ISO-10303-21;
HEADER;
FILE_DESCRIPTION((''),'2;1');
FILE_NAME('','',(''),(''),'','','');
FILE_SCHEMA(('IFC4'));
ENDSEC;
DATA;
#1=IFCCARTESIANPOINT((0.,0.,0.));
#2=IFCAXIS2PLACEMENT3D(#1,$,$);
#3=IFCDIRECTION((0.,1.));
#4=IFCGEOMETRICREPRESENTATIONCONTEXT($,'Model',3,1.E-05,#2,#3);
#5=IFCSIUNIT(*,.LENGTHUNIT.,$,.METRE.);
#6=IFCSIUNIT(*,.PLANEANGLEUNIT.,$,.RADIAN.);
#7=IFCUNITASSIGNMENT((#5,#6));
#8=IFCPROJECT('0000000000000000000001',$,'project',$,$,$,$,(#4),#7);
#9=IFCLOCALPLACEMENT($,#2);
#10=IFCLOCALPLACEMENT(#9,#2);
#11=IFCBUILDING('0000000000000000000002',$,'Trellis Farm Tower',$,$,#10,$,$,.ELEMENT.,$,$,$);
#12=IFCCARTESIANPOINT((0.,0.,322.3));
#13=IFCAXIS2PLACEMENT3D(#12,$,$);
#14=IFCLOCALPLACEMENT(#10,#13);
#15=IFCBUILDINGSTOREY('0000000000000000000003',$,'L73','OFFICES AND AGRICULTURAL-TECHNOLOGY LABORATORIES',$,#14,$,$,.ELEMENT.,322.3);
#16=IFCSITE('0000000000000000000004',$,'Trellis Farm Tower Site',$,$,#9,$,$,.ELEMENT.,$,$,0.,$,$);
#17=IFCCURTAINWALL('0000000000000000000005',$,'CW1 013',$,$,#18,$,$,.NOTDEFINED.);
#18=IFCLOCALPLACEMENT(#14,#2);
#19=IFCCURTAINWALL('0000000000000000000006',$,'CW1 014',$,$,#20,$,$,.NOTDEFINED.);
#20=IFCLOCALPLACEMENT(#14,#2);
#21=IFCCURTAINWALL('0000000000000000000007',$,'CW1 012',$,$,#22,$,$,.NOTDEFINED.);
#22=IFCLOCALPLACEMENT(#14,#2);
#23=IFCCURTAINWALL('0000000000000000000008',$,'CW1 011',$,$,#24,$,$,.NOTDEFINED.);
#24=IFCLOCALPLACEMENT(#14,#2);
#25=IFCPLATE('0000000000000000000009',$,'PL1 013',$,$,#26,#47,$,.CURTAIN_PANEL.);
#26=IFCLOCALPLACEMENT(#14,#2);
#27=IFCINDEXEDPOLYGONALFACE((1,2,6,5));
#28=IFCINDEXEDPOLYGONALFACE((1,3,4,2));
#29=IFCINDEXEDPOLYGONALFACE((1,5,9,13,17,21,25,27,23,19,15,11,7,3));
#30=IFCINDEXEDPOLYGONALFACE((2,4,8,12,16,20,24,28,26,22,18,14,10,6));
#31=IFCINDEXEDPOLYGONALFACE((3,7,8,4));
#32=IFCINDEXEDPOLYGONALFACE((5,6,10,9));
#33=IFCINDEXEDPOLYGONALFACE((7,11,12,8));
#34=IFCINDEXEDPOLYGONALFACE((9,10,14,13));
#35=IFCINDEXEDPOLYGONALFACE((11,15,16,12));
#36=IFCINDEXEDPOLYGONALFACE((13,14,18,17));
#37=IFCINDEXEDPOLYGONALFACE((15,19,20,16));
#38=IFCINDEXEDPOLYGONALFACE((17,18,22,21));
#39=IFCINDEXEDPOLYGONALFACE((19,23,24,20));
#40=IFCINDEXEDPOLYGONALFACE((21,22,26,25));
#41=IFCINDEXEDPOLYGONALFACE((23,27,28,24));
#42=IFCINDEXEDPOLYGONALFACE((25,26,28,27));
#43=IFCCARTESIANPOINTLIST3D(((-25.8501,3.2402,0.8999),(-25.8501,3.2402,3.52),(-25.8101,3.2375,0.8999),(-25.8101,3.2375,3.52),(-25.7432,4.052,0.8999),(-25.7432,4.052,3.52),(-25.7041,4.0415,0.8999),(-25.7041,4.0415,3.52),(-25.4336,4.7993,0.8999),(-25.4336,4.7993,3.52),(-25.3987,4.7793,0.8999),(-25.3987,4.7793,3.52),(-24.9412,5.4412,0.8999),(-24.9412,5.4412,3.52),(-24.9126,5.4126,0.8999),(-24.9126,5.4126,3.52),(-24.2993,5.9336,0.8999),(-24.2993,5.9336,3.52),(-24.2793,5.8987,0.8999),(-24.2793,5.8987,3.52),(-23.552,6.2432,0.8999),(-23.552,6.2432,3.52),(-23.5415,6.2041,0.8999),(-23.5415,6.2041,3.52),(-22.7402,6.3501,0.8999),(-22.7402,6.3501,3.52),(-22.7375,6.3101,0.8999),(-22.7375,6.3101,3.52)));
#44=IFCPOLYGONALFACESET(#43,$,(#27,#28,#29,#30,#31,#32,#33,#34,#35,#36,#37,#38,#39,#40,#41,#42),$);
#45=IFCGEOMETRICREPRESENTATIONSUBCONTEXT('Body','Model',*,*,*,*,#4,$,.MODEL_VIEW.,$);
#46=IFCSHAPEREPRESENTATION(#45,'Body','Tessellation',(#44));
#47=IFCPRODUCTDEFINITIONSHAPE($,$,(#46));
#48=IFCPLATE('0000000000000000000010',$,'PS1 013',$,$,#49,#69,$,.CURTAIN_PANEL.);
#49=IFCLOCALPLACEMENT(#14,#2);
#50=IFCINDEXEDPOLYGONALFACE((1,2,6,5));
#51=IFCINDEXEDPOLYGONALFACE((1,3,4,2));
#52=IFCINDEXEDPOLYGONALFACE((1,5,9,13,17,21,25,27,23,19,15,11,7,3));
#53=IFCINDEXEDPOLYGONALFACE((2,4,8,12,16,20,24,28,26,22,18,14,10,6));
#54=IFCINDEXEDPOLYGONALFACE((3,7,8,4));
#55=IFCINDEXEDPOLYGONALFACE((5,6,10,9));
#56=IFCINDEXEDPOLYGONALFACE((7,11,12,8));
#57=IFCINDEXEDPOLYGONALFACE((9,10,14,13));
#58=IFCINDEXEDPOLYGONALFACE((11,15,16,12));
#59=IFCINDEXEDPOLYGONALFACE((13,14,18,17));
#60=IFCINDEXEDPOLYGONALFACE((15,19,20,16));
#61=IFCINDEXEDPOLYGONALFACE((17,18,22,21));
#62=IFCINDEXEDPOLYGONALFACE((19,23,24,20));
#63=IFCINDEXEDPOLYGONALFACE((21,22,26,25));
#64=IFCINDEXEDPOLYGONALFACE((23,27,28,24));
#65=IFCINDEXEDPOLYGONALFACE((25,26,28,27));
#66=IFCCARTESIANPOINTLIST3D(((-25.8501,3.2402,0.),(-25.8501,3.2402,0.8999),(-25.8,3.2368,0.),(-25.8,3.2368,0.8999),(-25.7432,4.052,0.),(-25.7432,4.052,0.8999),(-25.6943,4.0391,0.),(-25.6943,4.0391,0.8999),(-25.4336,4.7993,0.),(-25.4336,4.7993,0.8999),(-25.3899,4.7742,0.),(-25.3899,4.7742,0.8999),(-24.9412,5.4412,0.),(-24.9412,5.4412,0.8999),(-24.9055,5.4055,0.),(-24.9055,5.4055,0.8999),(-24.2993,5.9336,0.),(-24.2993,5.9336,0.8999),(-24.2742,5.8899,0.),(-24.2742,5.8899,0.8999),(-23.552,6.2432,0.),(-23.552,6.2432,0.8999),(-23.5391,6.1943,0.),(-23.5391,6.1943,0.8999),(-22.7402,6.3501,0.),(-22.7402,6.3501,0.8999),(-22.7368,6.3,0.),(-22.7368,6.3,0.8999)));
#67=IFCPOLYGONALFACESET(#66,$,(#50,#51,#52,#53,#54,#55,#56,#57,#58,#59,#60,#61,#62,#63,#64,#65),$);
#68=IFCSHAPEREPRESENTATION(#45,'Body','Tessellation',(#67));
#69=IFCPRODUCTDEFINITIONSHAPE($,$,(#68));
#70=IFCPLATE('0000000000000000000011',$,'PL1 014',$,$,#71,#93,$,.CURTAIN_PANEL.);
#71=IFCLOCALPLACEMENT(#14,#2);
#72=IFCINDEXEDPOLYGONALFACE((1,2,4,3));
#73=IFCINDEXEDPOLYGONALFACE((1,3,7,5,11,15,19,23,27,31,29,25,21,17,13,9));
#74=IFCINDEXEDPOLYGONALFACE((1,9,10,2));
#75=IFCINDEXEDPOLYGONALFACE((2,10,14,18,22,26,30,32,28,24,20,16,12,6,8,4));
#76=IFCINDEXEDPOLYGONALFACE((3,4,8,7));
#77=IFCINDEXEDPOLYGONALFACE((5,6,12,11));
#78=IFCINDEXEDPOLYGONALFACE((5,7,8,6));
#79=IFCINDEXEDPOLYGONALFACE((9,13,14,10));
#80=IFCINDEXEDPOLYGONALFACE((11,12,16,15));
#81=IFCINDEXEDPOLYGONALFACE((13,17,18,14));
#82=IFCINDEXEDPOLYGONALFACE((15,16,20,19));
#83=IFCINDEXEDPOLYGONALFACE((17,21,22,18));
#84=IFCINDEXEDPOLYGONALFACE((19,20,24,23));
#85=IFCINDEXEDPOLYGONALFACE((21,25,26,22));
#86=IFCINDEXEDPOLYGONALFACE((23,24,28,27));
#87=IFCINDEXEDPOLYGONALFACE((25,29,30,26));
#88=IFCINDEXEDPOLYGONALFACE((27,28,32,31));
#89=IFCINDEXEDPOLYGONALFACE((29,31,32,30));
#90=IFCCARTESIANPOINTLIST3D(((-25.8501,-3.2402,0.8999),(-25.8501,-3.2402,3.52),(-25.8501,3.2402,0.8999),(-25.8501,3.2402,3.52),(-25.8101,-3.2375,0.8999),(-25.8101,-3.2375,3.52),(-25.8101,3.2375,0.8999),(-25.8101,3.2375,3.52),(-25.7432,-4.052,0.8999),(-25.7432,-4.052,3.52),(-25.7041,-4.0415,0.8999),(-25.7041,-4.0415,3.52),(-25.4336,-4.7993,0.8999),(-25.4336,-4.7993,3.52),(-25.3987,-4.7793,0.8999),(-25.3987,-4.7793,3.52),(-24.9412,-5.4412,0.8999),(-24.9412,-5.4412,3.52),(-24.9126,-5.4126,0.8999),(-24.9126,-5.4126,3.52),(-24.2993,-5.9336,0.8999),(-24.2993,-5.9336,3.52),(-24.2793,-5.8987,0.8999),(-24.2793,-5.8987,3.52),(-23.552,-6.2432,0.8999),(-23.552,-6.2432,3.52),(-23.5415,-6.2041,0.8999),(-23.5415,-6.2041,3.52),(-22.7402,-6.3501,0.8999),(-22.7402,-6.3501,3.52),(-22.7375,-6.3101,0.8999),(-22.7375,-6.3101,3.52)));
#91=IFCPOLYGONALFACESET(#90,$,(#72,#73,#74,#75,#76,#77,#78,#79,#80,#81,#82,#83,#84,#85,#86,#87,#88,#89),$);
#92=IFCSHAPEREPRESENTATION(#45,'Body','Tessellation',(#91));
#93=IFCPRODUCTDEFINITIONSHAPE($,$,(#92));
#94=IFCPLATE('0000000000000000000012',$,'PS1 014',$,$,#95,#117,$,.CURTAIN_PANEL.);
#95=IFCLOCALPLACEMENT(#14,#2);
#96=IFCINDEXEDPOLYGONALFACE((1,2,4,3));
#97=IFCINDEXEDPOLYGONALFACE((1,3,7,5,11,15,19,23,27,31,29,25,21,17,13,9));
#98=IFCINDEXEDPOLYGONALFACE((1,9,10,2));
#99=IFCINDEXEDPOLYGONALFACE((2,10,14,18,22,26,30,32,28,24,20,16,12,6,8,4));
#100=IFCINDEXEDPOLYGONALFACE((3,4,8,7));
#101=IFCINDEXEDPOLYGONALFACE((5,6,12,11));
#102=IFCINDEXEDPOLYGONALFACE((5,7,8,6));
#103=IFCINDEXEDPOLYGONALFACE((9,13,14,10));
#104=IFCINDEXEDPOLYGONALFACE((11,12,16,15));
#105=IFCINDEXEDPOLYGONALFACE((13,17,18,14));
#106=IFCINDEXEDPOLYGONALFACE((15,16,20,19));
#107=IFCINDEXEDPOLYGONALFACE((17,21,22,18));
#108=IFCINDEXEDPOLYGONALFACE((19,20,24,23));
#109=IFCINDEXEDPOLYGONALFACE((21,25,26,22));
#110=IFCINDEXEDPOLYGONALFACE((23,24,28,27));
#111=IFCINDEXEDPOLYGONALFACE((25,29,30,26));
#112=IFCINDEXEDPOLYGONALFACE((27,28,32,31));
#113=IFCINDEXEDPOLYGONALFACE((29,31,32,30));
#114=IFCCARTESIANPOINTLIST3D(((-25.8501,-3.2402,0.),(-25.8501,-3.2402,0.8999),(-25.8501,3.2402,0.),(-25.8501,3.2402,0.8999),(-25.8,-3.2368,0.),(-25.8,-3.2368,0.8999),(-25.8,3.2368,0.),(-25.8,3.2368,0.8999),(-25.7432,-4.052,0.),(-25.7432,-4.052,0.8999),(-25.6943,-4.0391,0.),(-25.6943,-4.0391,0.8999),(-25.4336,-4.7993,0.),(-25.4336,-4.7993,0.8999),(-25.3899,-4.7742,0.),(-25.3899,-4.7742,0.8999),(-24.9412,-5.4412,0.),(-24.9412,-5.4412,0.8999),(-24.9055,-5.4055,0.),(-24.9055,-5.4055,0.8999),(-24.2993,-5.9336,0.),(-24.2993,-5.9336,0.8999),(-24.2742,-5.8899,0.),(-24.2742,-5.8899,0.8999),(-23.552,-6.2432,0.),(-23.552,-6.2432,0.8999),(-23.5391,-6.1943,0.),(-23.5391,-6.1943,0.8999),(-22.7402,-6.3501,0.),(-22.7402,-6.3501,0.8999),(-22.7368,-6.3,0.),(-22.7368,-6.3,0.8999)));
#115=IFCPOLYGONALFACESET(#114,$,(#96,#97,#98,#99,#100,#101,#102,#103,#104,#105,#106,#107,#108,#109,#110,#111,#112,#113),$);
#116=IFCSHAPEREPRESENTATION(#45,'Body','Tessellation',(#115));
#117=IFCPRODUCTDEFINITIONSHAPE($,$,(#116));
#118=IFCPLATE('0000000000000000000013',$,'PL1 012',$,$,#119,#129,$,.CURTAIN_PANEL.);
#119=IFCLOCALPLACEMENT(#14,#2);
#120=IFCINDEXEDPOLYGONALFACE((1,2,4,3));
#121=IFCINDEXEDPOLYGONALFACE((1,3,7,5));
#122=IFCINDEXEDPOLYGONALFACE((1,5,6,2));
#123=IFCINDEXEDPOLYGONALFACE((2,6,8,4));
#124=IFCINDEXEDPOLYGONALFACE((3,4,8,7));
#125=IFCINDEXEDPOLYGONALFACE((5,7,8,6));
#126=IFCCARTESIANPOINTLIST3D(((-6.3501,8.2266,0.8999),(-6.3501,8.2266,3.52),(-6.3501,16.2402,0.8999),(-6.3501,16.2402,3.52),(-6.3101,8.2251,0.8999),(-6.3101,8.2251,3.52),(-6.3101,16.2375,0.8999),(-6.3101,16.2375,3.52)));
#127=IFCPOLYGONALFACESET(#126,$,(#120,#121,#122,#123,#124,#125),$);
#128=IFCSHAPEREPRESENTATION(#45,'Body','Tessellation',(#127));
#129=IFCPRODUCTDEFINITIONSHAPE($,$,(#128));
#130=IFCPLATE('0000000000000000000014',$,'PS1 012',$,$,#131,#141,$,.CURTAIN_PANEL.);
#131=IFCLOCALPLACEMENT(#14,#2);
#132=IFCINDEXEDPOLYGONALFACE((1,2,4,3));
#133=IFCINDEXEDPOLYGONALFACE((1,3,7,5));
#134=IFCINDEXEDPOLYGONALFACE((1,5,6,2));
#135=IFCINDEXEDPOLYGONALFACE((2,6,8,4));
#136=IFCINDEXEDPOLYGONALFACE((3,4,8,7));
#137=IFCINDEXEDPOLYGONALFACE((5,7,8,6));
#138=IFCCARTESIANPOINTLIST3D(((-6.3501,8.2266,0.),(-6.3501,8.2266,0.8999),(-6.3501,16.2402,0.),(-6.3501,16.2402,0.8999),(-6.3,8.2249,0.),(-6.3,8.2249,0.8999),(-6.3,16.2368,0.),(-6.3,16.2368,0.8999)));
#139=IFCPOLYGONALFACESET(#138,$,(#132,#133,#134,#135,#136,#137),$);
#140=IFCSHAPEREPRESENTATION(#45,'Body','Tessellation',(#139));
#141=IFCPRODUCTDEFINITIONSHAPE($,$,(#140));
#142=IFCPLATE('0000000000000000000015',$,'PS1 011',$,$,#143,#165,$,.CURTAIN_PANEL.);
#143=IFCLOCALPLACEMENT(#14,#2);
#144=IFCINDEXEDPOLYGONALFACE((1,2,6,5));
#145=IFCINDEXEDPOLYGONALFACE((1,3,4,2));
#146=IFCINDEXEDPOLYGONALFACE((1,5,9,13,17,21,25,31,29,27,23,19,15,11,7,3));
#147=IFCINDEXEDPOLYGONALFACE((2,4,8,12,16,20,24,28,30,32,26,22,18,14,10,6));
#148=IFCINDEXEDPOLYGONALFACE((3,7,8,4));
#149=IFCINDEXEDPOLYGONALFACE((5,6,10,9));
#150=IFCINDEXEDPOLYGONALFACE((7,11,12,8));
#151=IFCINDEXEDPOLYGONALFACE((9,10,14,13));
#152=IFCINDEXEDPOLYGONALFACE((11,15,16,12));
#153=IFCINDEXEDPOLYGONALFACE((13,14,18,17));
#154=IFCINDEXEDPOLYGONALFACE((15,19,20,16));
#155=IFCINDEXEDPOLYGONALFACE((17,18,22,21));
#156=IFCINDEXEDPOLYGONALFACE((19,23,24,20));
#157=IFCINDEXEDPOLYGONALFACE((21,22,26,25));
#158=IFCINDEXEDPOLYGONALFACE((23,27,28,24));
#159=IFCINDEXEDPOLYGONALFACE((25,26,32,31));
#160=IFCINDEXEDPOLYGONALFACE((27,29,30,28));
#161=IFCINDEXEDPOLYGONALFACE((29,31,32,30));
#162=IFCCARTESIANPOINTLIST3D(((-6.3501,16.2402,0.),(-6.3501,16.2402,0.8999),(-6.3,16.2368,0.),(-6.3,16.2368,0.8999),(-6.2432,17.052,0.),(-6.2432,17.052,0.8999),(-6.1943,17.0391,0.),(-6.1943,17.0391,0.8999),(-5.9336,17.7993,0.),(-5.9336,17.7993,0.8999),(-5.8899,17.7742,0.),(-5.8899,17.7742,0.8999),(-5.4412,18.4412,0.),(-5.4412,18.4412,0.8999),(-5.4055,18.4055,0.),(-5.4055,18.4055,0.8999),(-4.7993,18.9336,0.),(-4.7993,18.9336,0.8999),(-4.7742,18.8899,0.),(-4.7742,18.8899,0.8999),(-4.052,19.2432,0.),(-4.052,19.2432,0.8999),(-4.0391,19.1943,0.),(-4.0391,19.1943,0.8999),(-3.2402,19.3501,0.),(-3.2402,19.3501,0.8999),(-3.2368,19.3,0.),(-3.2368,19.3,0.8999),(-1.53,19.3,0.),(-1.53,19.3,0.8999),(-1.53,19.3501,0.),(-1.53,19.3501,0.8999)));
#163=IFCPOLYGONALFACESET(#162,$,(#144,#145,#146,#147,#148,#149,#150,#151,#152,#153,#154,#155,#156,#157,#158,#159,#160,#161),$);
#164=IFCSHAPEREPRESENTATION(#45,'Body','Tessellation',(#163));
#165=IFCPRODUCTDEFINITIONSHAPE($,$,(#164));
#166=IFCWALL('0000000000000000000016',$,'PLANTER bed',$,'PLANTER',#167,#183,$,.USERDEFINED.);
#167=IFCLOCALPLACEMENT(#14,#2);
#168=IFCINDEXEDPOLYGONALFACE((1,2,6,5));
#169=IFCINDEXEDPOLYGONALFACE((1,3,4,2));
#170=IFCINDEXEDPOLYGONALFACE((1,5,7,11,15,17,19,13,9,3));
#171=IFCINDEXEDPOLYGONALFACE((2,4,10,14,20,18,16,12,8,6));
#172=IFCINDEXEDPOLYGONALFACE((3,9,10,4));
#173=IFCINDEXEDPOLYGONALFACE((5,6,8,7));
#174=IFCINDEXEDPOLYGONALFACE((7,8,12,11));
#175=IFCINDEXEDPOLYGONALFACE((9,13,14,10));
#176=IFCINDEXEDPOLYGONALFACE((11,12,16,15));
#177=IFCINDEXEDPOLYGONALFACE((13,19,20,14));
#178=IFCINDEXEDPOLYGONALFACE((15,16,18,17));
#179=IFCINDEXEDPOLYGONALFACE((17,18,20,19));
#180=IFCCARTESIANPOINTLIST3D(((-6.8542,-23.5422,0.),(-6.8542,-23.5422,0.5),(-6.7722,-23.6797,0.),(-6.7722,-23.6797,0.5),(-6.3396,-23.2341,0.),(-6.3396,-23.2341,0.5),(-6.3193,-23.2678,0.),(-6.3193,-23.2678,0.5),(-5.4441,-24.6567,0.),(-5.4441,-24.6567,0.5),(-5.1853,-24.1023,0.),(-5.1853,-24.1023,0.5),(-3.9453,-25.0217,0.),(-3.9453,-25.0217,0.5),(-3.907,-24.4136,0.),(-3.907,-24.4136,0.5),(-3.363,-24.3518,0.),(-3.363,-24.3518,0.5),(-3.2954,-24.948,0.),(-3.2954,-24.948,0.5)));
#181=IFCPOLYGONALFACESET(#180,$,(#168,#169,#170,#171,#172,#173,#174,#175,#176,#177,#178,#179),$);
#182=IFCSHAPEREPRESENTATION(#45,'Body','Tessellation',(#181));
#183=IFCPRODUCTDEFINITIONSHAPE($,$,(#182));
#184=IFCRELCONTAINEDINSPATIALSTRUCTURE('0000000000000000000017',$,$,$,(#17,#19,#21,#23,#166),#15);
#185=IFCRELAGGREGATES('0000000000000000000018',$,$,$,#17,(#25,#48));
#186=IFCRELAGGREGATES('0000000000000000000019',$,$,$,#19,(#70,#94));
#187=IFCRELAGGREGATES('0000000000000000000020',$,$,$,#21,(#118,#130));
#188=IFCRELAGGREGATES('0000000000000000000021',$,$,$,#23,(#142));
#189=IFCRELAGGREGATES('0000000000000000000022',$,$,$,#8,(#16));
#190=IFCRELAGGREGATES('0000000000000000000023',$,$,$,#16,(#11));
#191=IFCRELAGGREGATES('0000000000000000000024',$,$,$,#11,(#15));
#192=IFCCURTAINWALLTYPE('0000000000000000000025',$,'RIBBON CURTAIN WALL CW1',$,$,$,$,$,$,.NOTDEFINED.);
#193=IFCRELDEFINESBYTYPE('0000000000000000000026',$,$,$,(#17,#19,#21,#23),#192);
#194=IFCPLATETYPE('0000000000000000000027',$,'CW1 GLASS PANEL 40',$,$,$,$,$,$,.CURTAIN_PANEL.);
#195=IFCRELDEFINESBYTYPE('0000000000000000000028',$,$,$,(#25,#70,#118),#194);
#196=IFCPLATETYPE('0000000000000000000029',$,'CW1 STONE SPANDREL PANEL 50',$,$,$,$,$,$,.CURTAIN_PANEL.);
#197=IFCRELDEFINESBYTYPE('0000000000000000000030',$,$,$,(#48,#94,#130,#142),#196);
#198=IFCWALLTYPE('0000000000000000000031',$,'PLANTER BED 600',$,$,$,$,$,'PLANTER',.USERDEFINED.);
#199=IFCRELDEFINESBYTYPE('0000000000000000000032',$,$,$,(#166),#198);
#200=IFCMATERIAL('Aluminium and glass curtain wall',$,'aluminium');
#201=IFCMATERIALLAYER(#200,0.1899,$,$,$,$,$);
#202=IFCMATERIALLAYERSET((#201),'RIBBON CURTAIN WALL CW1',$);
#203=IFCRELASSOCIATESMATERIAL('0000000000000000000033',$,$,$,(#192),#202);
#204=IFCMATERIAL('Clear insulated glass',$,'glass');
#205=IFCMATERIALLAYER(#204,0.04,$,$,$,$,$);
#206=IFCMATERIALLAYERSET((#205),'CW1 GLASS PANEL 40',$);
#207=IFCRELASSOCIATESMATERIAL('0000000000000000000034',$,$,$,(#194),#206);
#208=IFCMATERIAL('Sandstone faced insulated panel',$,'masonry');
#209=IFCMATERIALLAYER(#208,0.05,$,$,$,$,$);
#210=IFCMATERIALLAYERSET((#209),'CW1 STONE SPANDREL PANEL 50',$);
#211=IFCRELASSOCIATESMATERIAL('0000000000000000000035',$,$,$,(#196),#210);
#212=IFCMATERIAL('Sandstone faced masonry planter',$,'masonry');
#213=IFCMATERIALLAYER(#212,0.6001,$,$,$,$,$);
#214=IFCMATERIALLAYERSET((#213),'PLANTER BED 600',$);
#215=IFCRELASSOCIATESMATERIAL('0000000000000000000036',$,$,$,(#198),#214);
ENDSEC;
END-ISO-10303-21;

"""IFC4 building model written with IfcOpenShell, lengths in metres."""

from ifc_helpers import new_model, si_unit, direction, frame, origin, place, context, subcontext, project, spatial, polyline, outline, extrude, source, transform, mapped, material, layer, layer_set, type_object, element, aggregate, save


model = new_model("IFC4")

# Units and contexts
model_context = context("Model", 3, precision=1e-05, world=origin(), true_north=direction((0.0, 1.0)))
body_context = subcontext(model_context, "Body", "Model", "MODEL_VIEW")
ifc_project = project(units=[si_unit("LENGTHUNIT", "METRE"), si_unit("PLANEANGLEUNIT", "RADIAN")], contexts=[model_context])

# Site, building, storey
site_placement = place(None, origin())
site = spatial("IfcSite", under=ifc_project, at=site_placement, Name="Trellis Farm Tower Site", CompositionType="ELEMENT", RefElevation=0.0)
building_placement = place(site_placement, origin())
building = spatial("IfcBuilding", under=site, at=building_placement, Name="Trellis Farm Tower", CompositionType="ELEMENT")
storey_placement = place(building_placement, frame((0.0, 0.0, 322.3)))
storey = spatial("IfcBuildingStorey", under=building, at=storey_placement, Name="L73", Description="OFFICES AND AGRICULTURAL-TECHNOLOGY LABORATORIES", CompositionType="ELEMENT", Elevation=322.3)

# Curtain walls
ifc_material_1 = material(Name="Aluminium and glass curtain wall", Category="aluminium")
placement_1 = place(storey_placement, origin())
ifc_layer_1 = layer(ifc_material_1, 0.1899)
ifc_layer_set_1 = layer_set([ifc_layer_1], Name="RIBBON CURTAIN WALL CW1")
curtain_wall_type_1 = type_object("IfcCurtainWallType", Name="RIBBON CURTAIN WALL CW1", PredefinedType="NOTDEFINED", material=ifc_layer_set_1)
curtain_wall_1 = element("IfcCurtainWall", 1, at=placement_1, inside=storey, type_object=curtain_wall_type_1, Name="CW1 013", PredefinedType="NOTDEFINED")
curtain_wall_2 = element("IfcCurtainWall", 2, at=placement_1, inside=storey, type_object=curtain_wall_type_1, Name="CW1 014", PredefinedType="NOTDEFINED")
curtain_wall_3 = element("IfcCurtainWall", 3, at=placement_1, inside=storey, type_object=curtain_wall_type_1, Name="CW1 012", PredefinedType="NOTDEFINED")
curtain_wall_4 = element("IfcCurtainWall", 4, at=placement_1, inside=storey, type_object=curtain_wall_type_1, Name="CW1 011", PredefinedType="NOTDEFINED")

# Plates
ifc_material_2 = material(Name="Clear insulated glass", Category="glass")
ifc_layer_2 = layer(ifc_material_2, 0.04)
ifc_layer_set_2 = layer_set([ifc_layer_2], Name="CW1 GLASS PANEL 40")
plate_type_1 = type_object("IfcPlateType", Name="CW1 GLASS PANEL 40", PredefinedType="CURTAIN_PANEL", material=ifc_layer_set_2)
shared_shape_1 = source(origin(), body_context, "Body", "SweptSolid", [
    extrude(outline(polyline([(-22.7402, 6.3501), (-23.552, 6.2432), (-24.2993, 5.9336), (-24.9412, 5.4412), (-25.4336, 4.7993), (-25.7432, 4.052), (-25.8501, 3.2402), (-25.8101, 3.2375), (-25.7041, 4.0415), (-25.3987, 4.7793), (-24.9126, 5.4126), (-24.2793, 5.8987), (-23.5415, 6.2041), (-22.7375, 6.3101), (-22.7402, 6.3501)])), origin(), (0.0, 0.0, 1.0), 2.6201),
])
placement_2 = place(storey_placement, frame((0.0, 0.0, 0.8999)))
plate_1 = element("IfcPlate", 5, at=placement_2, type_object=plate_type_1, Name="PL1 013", PredefinedType="CURTAIN_PANEL", context=body_context, shape_type="MappedRepresentation", body=[
    mapped(shared_shape_1, transform((0.0, 0.0, 0.0))),
])
ifc_material_3 = material(Name="Sandstone faced insulated panel", Category="masonry")
ifc_layer_3 = layer(ifc_material_3, 0.05)
ifc_layer_set_3 = layer_set([ifc_layer_3], Name="CW1 STONE SPANDREL PANEL 50")
plate_type_2 = type_object("IfcPlateType", Name="CW1 STONE SPANDREL PANEL 50", PredefinedType="CURTAIN_PANEL", material=ifc_layer_set_3)
shared_shape_2 = source(origin(), body_context, "Body", "SweptSolid", [
    extrude(outline(polyline([(-22.7402, 6.3501), (-23.552, 6.2432), (-24.2993, 5.9336), (-24.9412, 5.4412), (-25.4336, 4.7993), (-25.7432, 4.052), (-25.8501, 3.2402), (-25.8, 3.2368), (-25.6943, 4.0391), (-25.3899, 4.7742), (-24.9055, 5.4055), (-24.2742, 5.8899), (-23.5391, 6.1943), (-22.7368, 6.3), (-22.7402, 6.3501)])), origin(), (0.0, 0.0, 1.0), 0.8999),
])
plate_2 = element("IfcPlate", 6, at=placement_1, type_object=plate_type_2, Name="PS1 013", PredefinedType="CURTAIN_PANEL", context=body_context, shape_type="MappedRepresentation", body=[
    mapped(shared_shape_2, transform((0.0, 0.0, 0.0))),
])
aggregate(curtain_wall_1, [plate_1, plate_2])
shared_shape_3 = source(origin(), body_context, "Body", "SweptSolid", [
    extrude(outline(polyline([(-25.8501, 3.2402), (-25.8501, -3.2402), (-25.7432, -4.052), (-25.4336, -4.7993), (-24.9412, -5.4412), (-24.2993, -5.9336), (-23.552, -6.2432), (-22.7402, -6.3501), (-22.7375, -6.3101), (-23.5415, -6.2041), (-24.2793, -5.8987), (-24.9126, -5.4126), (-25.3987, -4.7793), (-25.7041, -4.0415), (-25.8101, -3.2375), (-25.8101, 3.2375), (-25.8501, 3.2402)])), origin(), (0.0, 0.0, 1.0), 2.6201),
])
plate_3 = element("IfcPlate", 7, at=placement_2, type_object=plate_type_1, Name="PL1 014", PredefinedType="CURTAIN_PANEL", context=body_context, shape_type="MappedRepresentation", body=[
    mapped(shared_shape_3, transform((0.0, 0.0, 0.0))),
])
shared_shape_4 = source(origin(), body_context, "Body", "SweptSolid", [
    extrude(outline(polyline([(-25.8501, 3.2402), (-25.8501, -3.2402), (-25.7432, -4.052), (-25.4336, -4.7993), (-24.9412, -5.4412), (-24.2993, -5.9336), (-23.552, -6.2432), (-22.7402, -6.3501), (-22.7368, -6.3), (-23.5391, -6.1943), (-24.2742, -5.8899), (-24.9055, -5.4055), (-25.3899, -4.7742), (-25.6943, -4.0391), (-25.8, -3.2368), (-25.8, 3.2368), (-25.8501, 3.2402)])), origin(), (0.0, 0.0, 1.0), 0.8999),
])
plate_4 = element("IfcPlate", 8, at=placement_1, type_object=plate_type_2, Name="PS1 014", PredefinedType="CURTAIN_PANEL", context=body_context, shape_type="MappedRepresentation", body=[
    mapped(shared_shape_4, transform((0.0, 0.0, 0.0))),
])
aggregate(curtain_wall_2, [plate_3, plate_4])
shared_shape_5 = source(origin(), body_context, "Body", "SweptSolid", [
    extrude(outline(polyline([(-6.3501, 16.2402), (-6.3501, 8.2266), (-6.3101, 8.2251), (-6.3101, 16.2375), (-6.3501, 16.2402)])), origin(), (0.0, 0.0, 1.0), 2.6201),
])
plate_5 = element("IfcPlate", 9, at=placement_2, type_object=plate_type_1, Name="PL1 012", PredefinedType="CURTAIN_PANEL", context=body_context, shape_type="MappedRepresentation", body=[
    mapped(shared_shape_5, transform((0.0, 0.0, 0.0))),
])
shared_shape_6 = source(origin(), body_context, "Body", "SweptSolid", [
    extrude(outline(polyline([(-6.3501, 16.2402), (-6.3501, 8.2266), (-6.3, 8.2249), (-6.3, 16.2368), (-6.3501, 16.2402)])), origin(), (0.0, 0.0, 1.0), 0.8999),
])
plate_6 = element("IfcPlate", 10, at=placement_1, type_object=plate_type_2, Name="PS1 012", PredefinedType="CURTAIN_PANEL", context=body_context, shape_type="MappedRepresentation", body=[
    mapped(shared_shape_6, transform((0.0, 0.0, 0.0))),
])
aggregate(curtain_wall_3, [plate_5, plate_6])
shared_shape_7 = source(origin(), body_context, "Body", "SweptSolid", [
    extrude(outline(polyline([(-1.53, 19.3501), (-3.2402, 19.3501), (-4.052, 19.2432), (-4.7993, 18.9336), (-5.4412, 18.4412), (-5.9336, 17.7993), (-6.2432, 17.052), (-6.3501, 16.2402), (-6.3, 16.2368), (-6.1943, 17.0391), (-5.8899, 17.7742), (-5.4055, 18.4055), (-4.7742, 18.8899), (-4.0391, 19.1943), (-3.2368, 19.3), (-1.53, 19.3), (-1.53, 19.3501)])), origin(), (0.0, 0.0, 1.0), 0.8999),
])
plate_7 = element("IfcPlate", 11, at=placement_1, type_object=plate_type_2, Name="PS1 011", PredefinedType="CURTAIN_PANEL", context=body_context, shape_type="MappedRepresentation", body=[
    mapped(shared_shape_7, transform((0.0, 0.0, 0.0))),
])
aggregate(curtain_wall_4, [plate_7])

# Wall
ifc_material_4 = material(Name="Sandstone faced masonry planter", Category="masonry")
ifc_layer_4 = layer(ifc_material_4, 0.6001)
ifc_layer_set_4 = layer_set([ifc_layer_4], Name="PLANTER BED 600")
wall_type_1 = type_object("IfcWallType", Name="PLANTER BED 600", ElementType="PLANTER", PredefinedType="USERDEFINED", material=ifc_layer_set_4)
element("IfcWall", 12, at=placement_1, inside=storey, type_object=wall_type_1, Name="PLANTER bed", ObjectType="PLANTER", PredefinedType="USERDEFINED", context=body_context, shape_type="SweptSolid", body=[
    extrude(outline(polyline([(-3.9453, -25.0217), (-5.4441, -24.6567), (-6.7722, -23.6797), (-6.8542, -23.5422), (-6.3396, -23.2341), (-6.3193, -23.2678), (-5.1853, -24.1023), (-3.907, -24.4136), (-3.363, -24.3518), (-3.2954, -24.948), (-3.9453, -25.0217)])), origin(), (0.0, 0.0, 1.0), 0.5),
])

save(model, "model.ifc")
